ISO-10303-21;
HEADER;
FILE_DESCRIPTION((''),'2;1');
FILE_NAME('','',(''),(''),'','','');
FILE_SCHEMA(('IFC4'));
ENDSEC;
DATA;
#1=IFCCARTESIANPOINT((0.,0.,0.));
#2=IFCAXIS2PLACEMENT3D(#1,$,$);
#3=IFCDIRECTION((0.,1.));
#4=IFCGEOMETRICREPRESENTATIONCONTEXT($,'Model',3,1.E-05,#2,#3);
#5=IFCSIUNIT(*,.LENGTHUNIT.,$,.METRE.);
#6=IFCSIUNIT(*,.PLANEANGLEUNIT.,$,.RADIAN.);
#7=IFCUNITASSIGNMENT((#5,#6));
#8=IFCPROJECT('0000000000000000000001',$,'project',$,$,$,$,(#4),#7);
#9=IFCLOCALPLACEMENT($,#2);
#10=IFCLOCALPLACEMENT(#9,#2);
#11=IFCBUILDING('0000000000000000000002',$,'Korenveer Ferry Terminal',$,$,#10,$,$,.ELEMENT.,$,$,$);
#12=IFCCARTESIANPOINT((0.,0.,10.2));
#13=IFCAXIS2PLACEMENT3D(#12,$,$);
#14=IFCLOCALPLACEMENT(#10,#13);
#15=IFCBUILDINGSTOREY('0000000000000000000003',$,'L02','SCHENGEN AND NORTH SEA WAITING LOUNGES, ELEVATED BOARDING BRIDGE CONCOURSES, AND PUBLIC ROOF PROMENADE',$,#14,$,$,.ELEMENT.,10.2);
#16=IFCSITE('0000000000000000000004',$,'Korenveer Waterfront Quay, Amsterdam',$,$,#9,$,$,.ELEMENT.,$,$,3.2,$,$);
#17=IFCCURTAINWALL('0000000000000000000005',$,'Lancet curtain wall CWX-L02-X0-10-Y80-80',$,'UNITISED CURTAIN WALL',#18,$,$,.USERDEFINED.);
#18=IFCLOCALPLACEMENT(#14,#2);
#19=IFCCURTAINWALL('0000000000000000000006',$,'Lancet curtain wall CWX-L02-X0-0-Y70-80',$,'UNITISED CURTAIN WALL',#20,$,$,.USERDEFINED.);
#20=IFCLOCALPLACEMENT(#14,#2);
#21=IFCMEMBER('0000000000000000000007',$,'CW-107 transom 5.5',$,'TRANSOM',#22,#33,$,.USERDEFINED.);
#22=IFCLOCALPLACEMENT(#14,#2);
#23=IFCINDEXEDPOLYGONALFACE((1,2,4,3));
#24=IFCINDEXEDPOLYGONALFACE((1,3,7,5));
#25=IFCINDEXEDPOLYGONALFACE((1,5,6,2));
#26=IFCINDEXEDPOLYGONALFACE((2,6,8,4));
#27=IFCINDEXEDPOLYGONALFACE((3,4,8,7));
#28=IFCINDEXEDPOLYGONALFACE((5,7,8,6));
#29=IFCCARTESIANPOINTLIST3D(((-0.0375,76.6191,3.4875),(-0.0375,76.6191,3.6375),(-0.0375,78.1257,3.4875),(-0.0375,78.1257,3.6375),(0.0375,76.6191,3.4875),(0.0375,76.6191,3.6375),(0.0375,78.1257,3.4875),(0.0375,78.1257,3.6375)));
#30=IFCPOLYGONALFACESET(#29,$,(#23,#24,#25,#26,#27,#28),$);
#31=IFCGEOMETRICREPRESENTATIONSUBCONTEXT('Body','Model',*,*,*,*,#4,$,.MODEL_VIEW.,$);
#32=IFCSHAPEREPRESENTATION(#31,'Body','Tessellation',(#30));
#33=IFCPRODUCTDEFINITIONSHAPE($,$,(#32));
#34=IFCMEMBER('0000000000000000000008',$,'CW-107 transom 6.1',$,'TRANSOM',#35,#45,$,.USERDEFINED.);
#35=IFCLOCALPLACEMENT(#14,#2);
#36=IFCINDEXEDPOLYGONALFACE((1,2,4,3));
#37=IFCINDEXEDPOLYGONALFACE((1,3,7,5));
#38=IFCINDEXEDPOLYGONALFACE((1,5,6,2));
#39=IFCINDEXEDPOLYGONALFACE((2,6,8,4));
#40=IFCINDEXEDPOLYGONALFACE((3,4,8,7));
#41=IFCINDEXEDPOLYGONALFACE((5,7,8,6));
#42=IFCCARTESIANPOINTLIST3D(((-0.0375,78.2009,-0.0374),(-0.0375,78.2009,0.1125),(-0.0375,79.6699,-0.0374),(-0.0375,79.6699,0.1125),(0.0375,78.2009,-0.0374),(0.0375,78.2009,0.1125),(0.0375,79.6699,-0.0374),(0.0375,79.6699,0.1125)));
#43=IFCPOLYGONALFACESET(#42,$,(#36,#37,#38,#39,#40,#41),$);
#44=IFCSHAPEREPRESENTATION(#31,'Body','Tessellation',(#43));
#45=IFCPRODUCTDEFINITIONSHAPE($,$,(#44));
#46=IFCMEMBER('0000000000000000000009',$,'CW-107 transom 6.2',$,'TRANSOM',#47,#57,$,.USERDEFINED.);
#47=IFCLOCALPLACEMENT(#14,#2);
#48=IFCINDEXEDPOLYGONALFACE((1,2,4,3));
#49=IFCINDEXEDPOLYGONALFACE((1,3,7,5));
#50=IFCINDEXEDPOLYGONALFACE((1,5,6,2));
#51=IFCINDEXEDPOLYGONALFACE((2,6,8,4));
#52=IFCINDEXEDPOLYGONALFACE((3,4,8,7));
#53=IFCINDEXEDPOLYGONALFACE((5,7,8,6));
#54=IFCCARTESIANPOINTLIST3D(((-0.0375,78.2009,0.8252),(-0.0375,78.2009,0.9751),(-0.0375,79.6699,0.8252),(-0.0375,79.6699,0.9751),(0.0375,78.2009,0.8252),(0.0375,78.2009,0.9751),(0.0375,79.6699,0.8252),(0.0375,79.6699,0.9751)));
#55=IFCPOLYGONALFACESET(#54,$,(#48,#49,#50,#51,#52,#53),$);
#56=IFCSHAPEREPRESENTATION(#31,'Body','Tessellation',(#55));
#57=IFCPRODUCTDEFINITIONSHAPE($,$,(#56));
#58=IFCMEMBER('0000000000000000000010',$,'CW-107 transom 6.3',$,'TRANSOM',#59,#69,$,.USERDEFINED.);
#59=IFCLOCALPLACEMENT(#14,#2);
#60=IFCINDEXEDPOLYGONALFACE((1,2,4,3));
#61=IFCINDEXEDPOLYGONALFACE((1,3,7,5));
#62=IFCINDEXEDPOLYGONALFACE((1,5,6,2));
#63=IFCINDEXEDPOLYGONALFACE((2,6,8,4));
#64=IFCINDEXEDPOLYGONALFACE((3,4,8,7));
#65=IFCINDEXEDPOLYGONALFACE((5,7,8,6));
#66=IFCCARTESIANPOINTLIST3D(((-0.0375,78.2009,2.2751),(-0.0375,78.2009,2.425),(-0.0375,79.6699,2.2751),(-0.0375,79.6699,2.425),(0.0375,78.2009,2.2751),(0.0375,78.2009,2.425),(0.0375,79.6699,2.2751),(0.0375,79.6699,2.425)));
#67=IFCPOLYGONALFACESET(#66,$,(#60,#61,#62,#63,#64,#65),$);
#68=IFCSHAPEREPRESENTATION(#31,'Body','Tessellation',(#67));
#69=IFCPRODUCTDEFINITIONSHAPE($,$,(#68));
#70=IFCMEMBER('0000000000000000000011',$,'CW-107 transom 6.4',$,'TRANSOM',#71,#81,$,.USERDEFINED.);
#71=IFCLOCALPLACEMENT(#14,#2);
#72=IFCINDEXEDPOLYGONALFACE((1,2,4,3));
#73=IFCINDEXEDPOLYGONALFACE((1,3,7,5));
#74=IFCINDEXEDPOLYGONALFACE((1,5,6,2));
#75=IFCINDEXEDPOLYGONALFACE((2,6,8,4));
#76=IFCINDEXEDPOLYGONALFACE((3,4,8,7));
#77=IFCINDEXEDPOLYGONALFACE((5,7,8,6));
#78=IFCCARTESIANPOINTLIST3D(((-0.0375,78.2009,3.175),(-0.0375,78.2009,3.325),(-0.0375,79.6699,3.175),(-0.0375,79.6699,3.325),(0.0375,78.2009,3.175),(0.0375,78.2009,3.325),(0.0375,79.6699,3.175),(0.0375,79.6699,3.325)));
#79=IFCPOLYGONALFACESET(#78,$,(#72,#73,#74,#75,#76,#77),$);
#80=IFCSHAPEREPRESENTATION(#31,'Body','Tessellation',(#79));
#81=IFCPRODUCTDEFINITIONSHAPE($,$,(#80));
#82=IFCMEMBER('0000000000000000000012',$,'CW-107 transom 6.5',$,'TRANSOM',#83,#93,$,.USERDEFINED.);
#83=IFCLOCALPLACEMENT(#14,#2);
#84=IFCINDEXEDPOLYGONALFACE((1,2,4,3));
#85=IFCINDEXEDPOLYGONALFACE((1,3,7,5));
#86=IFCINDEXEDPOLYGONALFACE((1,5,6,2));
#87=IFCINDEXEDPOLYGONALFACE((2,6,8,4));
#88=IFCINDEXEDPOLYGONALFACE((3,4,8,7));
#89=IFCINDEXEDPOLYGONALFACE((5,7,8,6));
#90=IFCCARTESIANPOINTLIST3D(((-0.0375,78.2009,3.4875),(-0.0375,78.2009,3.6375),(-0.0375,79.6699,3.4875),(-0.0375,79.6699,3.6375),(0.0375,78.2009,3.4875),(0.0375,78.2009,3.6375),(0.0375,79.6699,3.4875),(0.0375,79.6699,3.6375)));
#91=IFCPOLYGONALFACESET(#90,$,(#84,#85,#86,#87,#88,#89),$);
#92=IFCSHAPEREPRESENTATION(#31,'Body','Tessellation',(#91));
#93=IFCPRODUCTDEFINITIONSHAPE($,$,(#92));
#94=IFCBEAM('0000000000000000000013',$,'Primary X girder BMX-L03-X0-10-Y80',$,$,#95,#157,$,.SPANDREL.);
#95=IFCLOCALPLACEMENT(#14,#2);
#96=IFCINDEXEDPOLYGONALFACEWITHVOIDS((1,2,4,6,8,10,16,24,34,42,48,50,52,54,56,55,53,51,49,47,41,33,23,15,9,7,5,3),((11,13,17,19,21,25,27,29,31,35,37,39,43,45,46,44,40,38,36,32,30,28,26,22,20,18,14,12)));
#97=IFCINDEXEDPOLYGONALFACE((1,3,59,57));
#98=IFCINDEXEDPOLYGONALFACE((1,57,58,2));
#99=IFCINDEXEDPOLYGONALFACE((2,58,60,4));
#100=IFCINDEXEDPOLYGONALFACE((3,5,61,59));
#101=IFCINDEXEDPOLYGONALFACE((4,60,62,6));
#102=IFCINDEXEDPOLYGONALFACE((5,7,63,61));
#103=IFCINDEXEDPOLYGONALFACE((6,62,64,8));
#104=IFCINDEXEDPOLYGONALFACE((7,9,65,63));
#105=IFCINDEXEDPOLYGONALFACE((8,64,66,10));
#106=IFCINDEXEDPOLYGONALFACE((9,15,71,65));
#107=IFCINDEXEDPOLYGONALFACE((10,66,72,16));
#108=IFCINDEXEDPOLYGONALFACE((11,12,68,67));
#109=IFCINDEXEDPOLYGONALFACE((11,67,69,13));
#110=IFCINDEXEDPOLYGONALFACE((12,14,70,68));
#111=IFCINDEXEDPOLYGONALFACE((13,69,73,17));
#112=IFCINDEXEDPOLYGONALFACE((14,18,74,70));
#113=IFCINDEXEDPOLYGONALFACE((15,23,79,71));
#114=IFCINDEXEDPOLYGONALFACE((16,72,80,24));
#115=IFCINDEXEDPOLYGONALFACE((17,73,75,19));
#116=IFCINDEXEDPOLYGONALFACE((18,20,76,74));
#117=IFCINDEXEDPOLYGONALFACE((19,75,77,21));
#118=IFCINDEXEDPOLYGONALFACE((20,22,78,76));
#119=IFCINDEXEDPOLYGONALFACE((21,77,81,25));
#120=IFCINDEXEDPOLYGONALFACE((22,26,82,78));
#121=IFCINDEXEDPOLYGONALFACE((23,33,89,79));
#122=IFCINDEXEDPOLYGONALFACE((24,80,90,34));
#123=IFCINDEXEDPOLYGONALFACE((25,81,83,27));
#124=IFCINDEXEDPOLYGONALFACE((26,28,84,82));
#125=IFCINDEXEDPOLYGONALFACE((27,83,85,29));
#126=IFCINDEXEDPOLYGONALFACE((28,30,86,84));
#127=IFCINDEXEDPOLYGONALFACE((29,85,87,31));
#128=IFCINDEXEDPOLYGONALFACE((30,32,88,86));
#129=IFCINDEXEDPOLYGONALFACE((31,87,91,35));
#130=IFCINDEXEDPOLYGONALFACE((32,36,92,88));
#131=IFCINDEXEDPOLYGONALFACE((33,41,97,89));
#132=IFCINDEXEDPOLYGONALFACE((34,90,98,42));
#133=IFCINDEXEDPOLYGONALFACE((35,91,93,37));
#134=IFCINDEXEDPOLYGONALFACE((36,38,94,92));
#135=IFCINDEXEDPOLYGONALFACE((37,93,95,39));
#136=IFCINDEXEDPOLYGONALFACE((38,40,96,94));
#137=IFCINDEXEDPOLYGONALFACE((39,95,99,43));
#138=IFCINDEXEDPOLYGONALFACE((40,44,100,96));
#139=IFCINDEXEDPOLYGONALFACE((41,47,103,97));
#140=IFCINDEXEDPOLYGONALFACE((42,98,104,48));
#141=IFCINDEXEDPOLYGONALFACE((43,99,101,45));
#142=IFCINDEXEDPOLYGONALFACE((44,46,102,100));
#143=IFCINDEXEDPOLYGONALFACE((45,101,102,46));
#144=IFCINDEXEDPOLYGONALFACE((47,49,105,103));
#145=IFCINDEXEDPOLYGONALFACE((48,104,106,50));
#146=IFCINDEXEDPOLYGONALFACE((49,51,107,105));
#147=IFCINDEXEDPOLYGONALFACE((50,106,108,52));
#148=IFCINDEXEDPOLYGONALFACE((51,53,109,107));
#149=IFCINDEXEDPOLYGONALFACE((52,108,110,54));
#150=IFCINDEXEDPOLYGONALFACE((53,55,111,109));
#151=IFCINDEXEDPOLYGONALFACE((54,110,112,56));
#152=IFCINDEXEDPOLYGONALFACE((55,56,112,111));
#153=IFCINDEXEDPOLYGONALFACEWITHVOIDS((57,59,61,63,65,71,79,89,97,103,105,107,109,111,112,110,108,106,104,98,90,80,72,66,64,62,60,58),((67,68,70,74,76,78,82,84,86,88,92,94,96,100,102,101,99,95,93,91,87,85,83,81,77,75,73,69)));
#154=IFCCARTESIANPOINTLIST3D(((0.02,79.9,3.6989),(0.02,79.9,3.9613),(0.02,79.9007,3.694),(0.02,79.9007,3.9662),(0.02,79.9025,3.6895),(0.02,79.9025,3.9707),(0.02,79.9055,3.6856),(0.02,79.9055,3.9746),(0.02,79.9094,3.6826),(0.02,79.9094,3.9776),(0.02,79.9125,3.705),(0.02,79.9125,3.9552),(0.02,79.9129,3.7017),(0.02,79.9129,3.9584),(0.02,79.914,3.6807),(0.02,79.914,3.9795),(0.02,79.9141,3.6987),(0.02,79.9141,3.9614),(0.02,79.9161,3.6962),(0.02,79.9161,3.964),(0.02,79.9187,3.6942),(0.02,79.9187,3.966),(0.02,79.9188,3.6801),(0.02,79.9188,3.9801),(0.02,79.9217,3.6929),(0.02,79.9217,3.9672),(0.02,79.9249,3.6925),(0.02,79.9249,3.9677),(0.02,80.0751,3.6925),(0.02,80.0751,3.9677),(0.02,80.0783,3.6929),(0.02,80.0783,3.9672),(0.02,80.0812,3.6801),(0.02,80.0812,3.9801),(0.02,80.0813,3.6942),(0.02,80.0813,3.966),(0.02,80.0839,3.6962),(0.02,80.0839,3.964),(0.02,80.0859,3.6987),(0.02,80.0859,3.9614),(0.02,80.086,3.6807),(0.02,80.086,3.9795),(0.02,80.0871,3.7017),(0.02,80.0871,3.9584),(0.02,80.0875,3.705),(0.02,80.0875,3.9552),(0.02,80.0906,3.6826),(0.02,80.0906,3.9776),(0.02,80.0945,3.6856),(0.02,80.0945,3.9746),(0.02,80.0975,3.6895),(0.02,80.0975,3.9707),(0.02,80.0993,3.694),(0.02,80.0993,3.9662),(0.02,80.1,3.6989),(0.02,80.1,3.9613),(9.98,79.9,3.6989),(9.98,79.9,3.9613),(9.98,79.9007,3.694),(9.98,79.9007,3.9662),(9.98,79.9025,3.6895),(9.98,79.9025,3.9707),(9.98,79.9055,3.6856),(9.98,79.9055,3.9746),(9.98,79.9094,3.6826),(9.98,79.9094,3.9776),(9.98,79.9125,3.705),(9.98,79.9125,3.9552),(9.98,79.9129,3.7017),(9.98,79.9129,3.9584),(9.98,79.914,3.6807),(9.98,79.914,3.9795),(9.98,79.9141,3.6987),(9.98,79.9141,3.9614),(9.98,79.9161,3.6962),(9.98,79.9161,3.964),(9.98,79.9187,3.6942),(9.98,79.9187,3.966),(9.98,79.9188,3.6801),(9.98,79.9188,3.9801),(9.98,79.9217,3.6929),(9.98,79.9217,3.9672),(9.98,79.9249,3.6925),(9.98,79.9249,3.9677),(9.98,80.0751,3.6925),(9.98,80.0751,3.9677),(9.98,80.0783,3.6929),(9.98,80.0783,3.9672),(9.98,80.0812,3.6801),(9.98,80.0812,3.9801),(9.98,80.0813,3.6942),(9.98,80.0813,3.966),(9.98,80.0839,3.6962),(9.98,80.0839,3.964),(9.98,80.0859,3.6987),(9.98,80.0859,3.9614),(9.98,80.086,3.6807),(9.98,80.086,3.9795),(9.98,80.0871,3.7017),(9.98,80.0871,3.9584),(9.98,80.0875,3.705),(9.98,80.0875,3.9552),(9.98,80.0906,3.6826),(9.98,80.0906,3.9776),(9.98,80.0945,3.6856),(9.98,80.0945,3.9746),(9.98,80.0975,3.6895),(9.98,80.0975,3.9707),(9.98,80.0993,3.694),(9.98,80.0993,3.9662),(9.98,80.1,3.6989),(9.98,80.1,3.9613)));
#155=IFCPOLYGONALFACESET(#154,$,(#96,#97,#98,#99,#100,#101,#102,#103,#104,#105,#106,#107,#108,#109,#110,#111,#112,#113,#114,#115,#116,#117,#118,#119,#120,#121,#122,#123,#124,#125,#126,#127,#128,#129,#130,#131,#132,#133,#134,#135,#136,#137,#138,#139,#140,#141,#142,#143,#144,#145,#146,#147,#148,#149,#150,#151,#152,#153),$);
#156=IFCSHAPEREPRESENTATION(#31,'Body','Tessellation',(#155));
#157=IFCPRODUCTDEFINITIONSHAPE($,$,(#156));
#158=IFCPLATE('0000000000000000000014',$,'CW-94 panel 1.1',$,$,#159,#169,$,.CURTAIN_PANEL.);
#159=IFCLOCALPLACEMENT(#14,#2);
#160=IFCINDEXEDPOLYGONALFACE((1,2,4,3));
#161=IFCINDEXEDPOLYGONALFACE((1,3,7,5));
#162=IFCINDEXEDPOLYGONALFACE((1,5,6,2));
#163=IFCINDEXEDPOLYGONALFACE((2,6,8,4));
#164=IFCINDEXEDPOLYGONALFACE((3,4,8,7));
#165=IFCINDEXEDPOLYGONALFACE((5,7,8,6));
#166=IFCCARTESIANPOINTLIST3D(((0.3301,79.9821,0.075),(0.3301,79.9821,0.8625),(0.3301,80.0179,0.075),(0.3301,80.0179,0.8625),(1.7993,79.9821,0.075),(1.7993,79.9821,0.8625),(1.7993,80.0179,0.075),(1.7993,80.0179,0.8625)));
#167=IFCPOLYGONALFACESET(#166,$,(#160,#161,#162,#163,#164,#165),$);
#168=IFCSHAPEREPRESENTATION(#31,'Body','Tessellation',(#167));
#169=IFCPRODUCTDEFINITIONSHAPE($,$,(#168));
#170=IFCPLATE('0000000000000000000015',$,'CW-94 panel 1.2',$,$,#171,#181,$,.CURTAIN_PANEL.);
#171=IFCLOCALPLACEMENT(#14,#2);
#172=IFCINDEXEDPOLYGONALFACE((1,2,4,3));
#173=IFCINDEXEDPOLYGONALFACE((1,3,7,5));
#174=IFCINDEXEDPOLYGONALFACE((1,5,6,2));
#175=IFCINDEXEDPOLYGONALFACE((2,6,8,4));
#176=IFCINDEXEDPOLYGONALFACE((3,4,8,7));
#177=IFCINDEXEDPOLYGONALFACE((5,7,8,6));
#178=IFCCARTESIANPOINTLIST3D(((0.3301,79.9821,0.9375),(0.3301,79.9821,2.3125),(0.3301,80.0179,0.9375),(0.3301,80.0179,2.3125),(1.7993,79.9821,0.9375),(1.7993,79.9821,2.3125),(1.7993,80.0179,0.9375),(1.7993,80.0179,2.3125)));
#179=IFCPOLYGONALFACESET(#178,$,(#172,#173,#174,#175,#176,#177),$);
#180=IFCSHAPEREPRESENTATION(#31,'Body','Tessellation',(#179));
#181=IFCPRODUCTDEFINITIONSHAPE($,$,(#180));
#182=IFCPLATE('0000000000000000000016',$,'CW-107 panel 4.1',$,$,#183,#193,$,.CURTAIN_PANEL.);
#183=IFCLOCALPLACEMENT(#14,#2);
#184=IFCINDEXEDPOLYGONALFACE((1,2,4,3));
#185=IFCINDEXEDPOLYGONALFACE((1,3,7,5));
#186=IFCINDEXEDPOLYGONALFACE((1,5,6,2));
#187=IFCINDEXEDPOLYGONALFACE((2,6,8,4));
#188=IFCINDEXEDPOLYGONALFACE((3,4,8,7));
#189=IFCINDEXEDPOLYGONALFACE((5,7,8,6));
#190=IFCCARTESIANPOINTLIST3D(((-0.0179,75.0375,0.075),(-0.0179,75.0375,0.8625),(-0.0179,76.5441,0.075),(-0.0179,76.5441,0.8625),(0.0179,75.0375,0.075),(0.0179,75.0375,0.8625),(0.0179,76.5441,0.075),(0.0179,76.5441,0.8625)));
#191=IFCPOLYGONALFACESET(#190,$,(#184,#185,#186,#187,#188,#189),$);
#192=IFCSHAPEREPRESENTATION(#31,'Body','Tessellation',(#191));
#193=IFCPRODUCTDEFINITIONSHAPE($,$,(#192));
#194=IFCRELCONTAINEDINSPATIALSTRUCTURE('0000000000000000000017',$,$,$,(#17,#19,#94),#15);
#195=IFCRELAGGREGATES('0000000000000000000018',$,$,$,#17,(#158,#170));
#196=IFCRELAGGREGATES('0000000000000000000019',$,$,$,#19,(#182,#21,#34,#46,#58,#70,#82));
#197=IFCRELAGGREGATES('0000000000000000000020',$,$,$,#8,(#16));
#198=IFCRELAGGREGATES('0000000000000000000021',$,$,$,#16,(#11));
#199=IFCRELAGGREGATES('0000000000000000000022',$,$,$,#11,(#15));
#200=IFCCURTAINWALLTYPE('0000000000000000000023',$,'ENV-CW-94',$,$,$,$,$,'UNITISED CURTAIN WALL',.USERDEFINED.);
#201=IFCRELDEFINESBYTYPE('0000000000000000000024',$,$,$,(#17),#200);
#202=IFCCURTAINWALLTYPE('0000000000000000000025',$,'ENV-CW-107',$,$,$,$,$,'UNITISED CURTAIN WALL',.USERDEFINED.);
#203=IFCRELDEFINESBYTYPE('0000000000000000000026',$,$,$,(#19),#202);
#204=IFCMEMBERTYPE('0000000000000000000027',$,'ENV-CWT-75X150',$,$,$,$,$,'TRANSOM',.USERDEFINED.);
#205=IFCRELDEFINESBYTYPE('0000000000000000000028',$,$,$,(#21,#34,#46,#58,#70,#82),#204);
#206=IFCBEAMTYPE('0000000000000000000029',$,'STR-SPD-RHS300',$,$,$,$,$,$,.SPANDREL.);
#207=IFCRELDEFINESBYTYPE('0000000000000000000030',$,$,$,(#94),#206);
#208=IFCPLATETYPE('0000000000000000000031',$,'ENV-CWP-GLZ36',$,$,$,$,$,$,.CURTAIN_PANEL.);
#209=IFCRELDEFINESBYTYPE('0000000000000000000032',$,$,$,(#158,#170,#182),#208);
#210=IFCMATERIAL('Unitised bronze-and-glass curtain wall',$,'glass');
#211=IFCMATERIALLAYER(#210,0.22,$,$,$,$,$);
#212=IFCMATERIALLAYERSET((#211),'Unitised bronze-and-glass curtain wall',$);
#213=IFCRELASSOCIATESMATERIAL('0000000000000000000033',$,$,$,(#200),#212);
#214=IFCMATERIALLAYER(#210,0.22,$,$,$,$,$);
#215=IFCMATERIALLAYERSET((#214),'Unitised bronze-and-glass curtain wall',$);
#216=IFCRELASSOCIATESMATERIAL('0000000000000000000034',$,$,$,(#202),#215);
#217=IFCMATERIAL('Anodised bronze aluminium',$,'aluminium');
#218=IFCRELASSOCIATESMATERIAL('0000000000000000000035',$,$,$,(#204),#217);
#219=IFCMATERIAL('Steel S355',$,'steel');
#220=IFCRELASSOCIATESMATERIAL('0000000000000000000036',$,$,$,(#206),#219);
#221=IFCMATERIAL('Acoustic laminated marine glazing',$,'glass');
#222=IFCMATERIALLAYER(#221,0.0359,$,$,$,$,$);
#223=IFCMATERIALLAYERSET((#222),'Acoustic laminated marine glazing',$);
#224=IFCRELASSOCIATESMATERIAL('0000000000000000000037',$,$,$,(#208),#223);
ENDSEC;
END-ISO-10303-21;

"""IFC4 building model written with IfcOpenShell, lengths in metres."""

from ifc_helpers import new_model, si_unit, direction, frame, origin, origin_2d, place, context, subcontext, project, spatial, rectangle, hollow_rectangle, extrude, material, layer, layer_set, material_profile, profile_set, type_object, element, aggregate, save


model = new_model("IFC4")

# Units and contexts
model_context = context("Model", 3, precision=1e-05, world=origin(), true_north=direction((0.0, 1.0)))
body_context = subcontext(model_context, "Body", "Model", "MODEL_VIEW")
ifc_project = project(units=[si_unit("LENGTHUNIT", "METRE"), si_unit("PLANEANGLEUNIT", "RADIAN")], contexts=[model_context])

# Site, building, storey
site_placement = place(None, origin())
site = spatial("IfcSite", under=ifc_project, at=site_placement, Name="Korenveer Waterfront Quay, Amsterdam", CompositionType="ELEMENT", RefElevation=3.2)
building_placement = place(site_placement, origin())
building = spatial("IfcBuilding", under=site, at=building_placement, Name="Korenveer Ferry Terminal", CompositionType="ELEMENT")
storey_placement = place(building_placement, frame((0.0, 0.0, 10.2)))
storey = spatial("IfcBuildingStorey", under=building, at=storey_placement, Name="L02", Description="SCHENGEN AND NORTH SEA WAITING LOUNGES, ELEVATED BOARDING BRIDGE CONCOURSES, AND PUBLIC ROOF PROMENADE", CompositionType="ELEMENT", Elevation=10.2)

# Curtain wall
ifc_material_1 = material(Name="Unitised bronze-and-glass curtain wall", Category="glass")
ifc_layer_1 = layer(ifc_material_1, 0.22)
ifc_layer_set_1 = layer_set([ifc_layer_1], Name="Unitised bronze-and-glass curtain wall")
curtain_wall_type_1 = type_object("IfcCurtainWallType", Name="ENV-CW-94", ElementType="UNITISED CURTAIN WALL", PredefinedType="USERDEFINED", material=ifc_layer_set_1)
curtain_wall_1_placement = place(storey_placement, frame((0.2549, 80.0, 0.0)))
curtain_wall_1 = element("IfcCurtainWall", 1, at=curtain_wall_1_placement, inside=storey, type_object=curtain_wall_type_1, Name="Lancet curtain wall CWX-L02-X0-10-Y80-80", ObjectType="UNITISED CURTAIN WALL", PredefinedType="USERDEFINED")
ifc_material_2 = material(Name="Anodised bronze aluminium", Category="aluminium")

# Curtain wall
ifc_layer_2 = layer(ifc_material_1, 0.22)
ifc_layer_set_2 = layer_set([ifc_layer_2], Name="Unitised bronze-and-glass curtain wall")
curtain_wall_type_2 = type_object("IfcCurtainWallType", Name="ENV-CW-107", ElementType="UNITISED CURTAIN WALL", PredefinedType="USERDEFINED", material=ifc_layer_set_2)
curtain_wall_2_placement = place(storey_placement, frame((0.0, 70.2549, 0.0)))
curtain_wall_2 = element("IfcCurtainWall", 2, at=curtain_wall_2_placement, inside=storey, type_object=curtain_wall_type_2, Name="Lancet curtain wall CWX-L02-X0-0-Y70-80", ObjectType="UNITISED CURTAIN WALL", PredefinedType="USERDEFINED")

# Members
ifc_material_profile_1 = material_profile(ifc_material_2, rectangle(XDim=0.075, YDim=0.1499, at=origin_2d()), Name="ALU 75x150")
ifc_profile_set_1 = profile_set([ifc_material_profile_1], Name="Anodised bronze aluminium")
member_type_1 = type_object("IfcMemberType", Name="ENV-CWT-75X150", ElementType="TRANSOM", PredefinedType="USERDEFINED", material=ifc_profile_set_1)
member_1_placement = place(storey_placement, frame((0.0, 76.6191, 3.5625), z_axis=(0.0, 1.0, 0.0), x_axis=(-1.0, 0.0, 0.0)))
member_1 = element("IfcMember", 3, at=member_1_placement, type_object=member_type_1, Name="CW-107 transom 5.5", ObjectType="TRANSOM", PredefinedType="USERDEFINED", context=body_context, shape_type="SweptSolid", body=[
    extrude(rectangle(XDim=0.075, YDim=0.1499, at=origin_2d()), origin(), (0.0, 0.0, 1.0), 1.5066),
])
member_2_placement = place(storey_placement, frame((0.0, 78.2009, 0.0376), z_axis=(0.0, 1.0, 0.0), x_axis=(-1.0, 0.0, 0.0)))
member_2 = element("IfcMember", 4, at=member_2_placement, type_object=member_type_1, Name="CW-107 transom 6.1", ObjectType="TRANSOM", PredefinedType="USERDEFINED", context=body_context, shape_type="SweptSolid", body=[
    extrude(rectangle(XDim=0.075, YDim=0.1499, at=origin_2d()), origin(), (0.0, 0.0, 1.0), 1.469),
])
member_3_placement = place(storey_placement, frame((0.0, 78.2009, 0.9001), z_axis=(0.0, 1.0, 0.0), x_axis=(-1.0, 0.0, 0.0)))
member_3 = element("IfcMember", 5, at=member_3_placement, type_object=member_type_1, Name="CW-107 transom 6.2", ObjectType="TRANSOM", PredefinedType="USERDEFINED", context=body_context, shape_type="SweptSolid", body=[
    extrude(rectangle(XDim=0.075, YDim=0.1499, at=origin_2d()), origin(), (0.0, 0.0, 1.0), 1.469),
])
member_4_placement = place(storey_placement, frame((0.0, 78.2009, 2.3501), z_axis=(0.0, 1.0, 0.0), x_axis=(-1.0, 0.0, 0.0)))
member_4 = element("IfcMember", 6, at=member_4_placement, type_object=member_type_1, Name="CW-107 transom 6.3", ObjectType="TRANSOM", PredefinedType="USERDEFINED", context=body_context, shape_type="SweptSolid", body=[
    extrude(rectangle(XDim=0.075, YDim=0.1499, at=origin_2d()), origin(), (0.0, 0.0, 1.0), 1.469),
])
member_5_placement = place(storey_placement, frame((0.0, 78.2009, 3.25), z_axis=(0.0, 1.0, 0.0), x_axis=(-1.0, 0.0, 0.0)))
member_5 = element("IfcMember", 7, at=member_5_placement, type_object=member_type_1, Name="CW-107 transom 6.4", ObjectType="TRANSOM", PredefinedType="USERDEFINED", context=body_context, shape_type="SweptSolid", body=[
    extrude(rectangle(XDim=0.075, YDim=0.1499, at=origin_2d()), origin(), (0.0, 0.0, 1.0), 1.469),
])
member_6_placement = place(storey_placement, frame((0.0, 78.2009, 3.5625), z_axis=(0.0, 1.0, 0.0), x_axis=(-1.0, 0.0, 0.0)))
member_6 = element("IfcMember", 8, at=member_6_placement, type_object=member_type_1, Name="CW-107 transom 6.5", ObjectType="TRANSOM", PredefinedType="USERDEFINED", context=body_context, shape_type="SweptSolid", body=[
    extrude(rectangle(XDim=0.075, YDim=0.1499, at=origin_2d()), origin(), (0.0, 0.0, 1.0), 1.469),
])

# Beam
ifc_material_3 = material(Name="Steel S355", Category="steel")
ifc_material_profile_2 = material_profile(ifc_material_3, hollow_rectangle(XDim=0.2, YDim=0.3, WallThickness=0.0125, InnerFilletRadius=0.0125, OuterFilletRadius=0.0188, at=origin_2d()), Name="RHS 300x200x12.5")
ifc_profile_set_2 = profile_set([ifc_material_profile_2], Name="Steel S355")
beam_type = type_object("IfcBeamType", Name="STR-SPD-RHS300", PredefinedType="SPANDREL", material=ifc_profile_set_2)
beam_placement = place(storey_placement, frame((0.02, 80.0, 3.8301), z_axis=(1.0, 0.0, 0.0), x_axis=(0.0, 1.0, 0.0)))
element("IfcBeam", 9, at=beam_placement, inside=storey, type_object=beam_type, Name="Primary X girder BMX-L03-X0-10-Y80", PredefinedType="SPANDREL", context=body_context, shape_type="SweptSolid", body=[
    extrude(hollow_rectangle(XDim=0.2, YDim=0.3, WallThickness=0.0125, InnerFilletRadius=0.0125, OuterFilletRadius=0.0188, at=origin_2d()), origin(), (0.0, 0.0, 1.0), 9.96),
])

# Plates
ifc_material_4 = material(Name="Acoustic laminated marine glazing", Category="glass")
ifc_layer_3 = layer(ifc_material_4, 0.0359)
ifc_layer_set_3 = layer_set([ifc_layer_3], Name="Acoustic laminated marine glazing")
plate_type = type_object("IfcPlateType", Name="ENV-CWP-GLZ36", PredefinedType="CURTAIN_PANEL", material=ifc_layer_set_3)
plate_1_placement = place(storey_placement, frame((1.0647, 80.0, 0.075), z_axis=(0.0, 0.0, 1.0), x_axis=(1.0, 0.0, 0.0)))
plate_1 = element("IfcPlate", 10, at=plate_1_placement, type_object=plate_type, Name="CW-94 panel 1.1", PredefinedType="CURTAIN_PANEL", context=body_context, shape_type="SweptSolid", body=[
    extrude(rectangle(XDim=1.4692, YDim=0.0359, at=origin_2d()), origin(), (0.0, 0.0, 1.0), 0.7876),
])
plate_2_placement = place(storey_placement, frame((1.0647, 80.0, 0.9375), z_axis=(0.0, 0.0, 1.0), x_axis=(1.0, 0.0, 0.0)))
plate_2 = element("IfcPlate", 11, at=plate_2_placement, type_object=plate_type, Name="CW-94 panel 1.2", PredefinedType="CURTAIN_PANEL", context=body_context, shape_type="SweptSolid", body=[
    extrude(rectangle(XDim=1.4692, YDim=0.0359, at=origin_2d()), origin(), (0.0, 0.0, 1.0), 1.375),
])
aggregate(curtain_wall_1, [plate_1, plate_2])
plate_3_placement = place(storey_placement, frame((0.0, 75.7908, 0.075), z_axis=(0.0, 0.0, 1.0), x_axis=(0.0, 1.0, 0.0)))
plate_3 = element("IfcPlate", 12, at=plate_3_placement, type_object=plate_type, Name="CW-107 panel 4.1", PredefinedType="CURTAIN_PANEL", context=body_context, shape_type="SweptSolid", body=[
    extrude(rectangle(XDim=1.5066, YDim=0.0359, at=origin_2d()), origin(), (0.0, 0.0, 1.0), 0.7876),
])
aggregate(curtain_wall_2, [plate_3, member_1, member_2, member_3, member_4, member_5, member_6])

save(model, "model.ifc")
